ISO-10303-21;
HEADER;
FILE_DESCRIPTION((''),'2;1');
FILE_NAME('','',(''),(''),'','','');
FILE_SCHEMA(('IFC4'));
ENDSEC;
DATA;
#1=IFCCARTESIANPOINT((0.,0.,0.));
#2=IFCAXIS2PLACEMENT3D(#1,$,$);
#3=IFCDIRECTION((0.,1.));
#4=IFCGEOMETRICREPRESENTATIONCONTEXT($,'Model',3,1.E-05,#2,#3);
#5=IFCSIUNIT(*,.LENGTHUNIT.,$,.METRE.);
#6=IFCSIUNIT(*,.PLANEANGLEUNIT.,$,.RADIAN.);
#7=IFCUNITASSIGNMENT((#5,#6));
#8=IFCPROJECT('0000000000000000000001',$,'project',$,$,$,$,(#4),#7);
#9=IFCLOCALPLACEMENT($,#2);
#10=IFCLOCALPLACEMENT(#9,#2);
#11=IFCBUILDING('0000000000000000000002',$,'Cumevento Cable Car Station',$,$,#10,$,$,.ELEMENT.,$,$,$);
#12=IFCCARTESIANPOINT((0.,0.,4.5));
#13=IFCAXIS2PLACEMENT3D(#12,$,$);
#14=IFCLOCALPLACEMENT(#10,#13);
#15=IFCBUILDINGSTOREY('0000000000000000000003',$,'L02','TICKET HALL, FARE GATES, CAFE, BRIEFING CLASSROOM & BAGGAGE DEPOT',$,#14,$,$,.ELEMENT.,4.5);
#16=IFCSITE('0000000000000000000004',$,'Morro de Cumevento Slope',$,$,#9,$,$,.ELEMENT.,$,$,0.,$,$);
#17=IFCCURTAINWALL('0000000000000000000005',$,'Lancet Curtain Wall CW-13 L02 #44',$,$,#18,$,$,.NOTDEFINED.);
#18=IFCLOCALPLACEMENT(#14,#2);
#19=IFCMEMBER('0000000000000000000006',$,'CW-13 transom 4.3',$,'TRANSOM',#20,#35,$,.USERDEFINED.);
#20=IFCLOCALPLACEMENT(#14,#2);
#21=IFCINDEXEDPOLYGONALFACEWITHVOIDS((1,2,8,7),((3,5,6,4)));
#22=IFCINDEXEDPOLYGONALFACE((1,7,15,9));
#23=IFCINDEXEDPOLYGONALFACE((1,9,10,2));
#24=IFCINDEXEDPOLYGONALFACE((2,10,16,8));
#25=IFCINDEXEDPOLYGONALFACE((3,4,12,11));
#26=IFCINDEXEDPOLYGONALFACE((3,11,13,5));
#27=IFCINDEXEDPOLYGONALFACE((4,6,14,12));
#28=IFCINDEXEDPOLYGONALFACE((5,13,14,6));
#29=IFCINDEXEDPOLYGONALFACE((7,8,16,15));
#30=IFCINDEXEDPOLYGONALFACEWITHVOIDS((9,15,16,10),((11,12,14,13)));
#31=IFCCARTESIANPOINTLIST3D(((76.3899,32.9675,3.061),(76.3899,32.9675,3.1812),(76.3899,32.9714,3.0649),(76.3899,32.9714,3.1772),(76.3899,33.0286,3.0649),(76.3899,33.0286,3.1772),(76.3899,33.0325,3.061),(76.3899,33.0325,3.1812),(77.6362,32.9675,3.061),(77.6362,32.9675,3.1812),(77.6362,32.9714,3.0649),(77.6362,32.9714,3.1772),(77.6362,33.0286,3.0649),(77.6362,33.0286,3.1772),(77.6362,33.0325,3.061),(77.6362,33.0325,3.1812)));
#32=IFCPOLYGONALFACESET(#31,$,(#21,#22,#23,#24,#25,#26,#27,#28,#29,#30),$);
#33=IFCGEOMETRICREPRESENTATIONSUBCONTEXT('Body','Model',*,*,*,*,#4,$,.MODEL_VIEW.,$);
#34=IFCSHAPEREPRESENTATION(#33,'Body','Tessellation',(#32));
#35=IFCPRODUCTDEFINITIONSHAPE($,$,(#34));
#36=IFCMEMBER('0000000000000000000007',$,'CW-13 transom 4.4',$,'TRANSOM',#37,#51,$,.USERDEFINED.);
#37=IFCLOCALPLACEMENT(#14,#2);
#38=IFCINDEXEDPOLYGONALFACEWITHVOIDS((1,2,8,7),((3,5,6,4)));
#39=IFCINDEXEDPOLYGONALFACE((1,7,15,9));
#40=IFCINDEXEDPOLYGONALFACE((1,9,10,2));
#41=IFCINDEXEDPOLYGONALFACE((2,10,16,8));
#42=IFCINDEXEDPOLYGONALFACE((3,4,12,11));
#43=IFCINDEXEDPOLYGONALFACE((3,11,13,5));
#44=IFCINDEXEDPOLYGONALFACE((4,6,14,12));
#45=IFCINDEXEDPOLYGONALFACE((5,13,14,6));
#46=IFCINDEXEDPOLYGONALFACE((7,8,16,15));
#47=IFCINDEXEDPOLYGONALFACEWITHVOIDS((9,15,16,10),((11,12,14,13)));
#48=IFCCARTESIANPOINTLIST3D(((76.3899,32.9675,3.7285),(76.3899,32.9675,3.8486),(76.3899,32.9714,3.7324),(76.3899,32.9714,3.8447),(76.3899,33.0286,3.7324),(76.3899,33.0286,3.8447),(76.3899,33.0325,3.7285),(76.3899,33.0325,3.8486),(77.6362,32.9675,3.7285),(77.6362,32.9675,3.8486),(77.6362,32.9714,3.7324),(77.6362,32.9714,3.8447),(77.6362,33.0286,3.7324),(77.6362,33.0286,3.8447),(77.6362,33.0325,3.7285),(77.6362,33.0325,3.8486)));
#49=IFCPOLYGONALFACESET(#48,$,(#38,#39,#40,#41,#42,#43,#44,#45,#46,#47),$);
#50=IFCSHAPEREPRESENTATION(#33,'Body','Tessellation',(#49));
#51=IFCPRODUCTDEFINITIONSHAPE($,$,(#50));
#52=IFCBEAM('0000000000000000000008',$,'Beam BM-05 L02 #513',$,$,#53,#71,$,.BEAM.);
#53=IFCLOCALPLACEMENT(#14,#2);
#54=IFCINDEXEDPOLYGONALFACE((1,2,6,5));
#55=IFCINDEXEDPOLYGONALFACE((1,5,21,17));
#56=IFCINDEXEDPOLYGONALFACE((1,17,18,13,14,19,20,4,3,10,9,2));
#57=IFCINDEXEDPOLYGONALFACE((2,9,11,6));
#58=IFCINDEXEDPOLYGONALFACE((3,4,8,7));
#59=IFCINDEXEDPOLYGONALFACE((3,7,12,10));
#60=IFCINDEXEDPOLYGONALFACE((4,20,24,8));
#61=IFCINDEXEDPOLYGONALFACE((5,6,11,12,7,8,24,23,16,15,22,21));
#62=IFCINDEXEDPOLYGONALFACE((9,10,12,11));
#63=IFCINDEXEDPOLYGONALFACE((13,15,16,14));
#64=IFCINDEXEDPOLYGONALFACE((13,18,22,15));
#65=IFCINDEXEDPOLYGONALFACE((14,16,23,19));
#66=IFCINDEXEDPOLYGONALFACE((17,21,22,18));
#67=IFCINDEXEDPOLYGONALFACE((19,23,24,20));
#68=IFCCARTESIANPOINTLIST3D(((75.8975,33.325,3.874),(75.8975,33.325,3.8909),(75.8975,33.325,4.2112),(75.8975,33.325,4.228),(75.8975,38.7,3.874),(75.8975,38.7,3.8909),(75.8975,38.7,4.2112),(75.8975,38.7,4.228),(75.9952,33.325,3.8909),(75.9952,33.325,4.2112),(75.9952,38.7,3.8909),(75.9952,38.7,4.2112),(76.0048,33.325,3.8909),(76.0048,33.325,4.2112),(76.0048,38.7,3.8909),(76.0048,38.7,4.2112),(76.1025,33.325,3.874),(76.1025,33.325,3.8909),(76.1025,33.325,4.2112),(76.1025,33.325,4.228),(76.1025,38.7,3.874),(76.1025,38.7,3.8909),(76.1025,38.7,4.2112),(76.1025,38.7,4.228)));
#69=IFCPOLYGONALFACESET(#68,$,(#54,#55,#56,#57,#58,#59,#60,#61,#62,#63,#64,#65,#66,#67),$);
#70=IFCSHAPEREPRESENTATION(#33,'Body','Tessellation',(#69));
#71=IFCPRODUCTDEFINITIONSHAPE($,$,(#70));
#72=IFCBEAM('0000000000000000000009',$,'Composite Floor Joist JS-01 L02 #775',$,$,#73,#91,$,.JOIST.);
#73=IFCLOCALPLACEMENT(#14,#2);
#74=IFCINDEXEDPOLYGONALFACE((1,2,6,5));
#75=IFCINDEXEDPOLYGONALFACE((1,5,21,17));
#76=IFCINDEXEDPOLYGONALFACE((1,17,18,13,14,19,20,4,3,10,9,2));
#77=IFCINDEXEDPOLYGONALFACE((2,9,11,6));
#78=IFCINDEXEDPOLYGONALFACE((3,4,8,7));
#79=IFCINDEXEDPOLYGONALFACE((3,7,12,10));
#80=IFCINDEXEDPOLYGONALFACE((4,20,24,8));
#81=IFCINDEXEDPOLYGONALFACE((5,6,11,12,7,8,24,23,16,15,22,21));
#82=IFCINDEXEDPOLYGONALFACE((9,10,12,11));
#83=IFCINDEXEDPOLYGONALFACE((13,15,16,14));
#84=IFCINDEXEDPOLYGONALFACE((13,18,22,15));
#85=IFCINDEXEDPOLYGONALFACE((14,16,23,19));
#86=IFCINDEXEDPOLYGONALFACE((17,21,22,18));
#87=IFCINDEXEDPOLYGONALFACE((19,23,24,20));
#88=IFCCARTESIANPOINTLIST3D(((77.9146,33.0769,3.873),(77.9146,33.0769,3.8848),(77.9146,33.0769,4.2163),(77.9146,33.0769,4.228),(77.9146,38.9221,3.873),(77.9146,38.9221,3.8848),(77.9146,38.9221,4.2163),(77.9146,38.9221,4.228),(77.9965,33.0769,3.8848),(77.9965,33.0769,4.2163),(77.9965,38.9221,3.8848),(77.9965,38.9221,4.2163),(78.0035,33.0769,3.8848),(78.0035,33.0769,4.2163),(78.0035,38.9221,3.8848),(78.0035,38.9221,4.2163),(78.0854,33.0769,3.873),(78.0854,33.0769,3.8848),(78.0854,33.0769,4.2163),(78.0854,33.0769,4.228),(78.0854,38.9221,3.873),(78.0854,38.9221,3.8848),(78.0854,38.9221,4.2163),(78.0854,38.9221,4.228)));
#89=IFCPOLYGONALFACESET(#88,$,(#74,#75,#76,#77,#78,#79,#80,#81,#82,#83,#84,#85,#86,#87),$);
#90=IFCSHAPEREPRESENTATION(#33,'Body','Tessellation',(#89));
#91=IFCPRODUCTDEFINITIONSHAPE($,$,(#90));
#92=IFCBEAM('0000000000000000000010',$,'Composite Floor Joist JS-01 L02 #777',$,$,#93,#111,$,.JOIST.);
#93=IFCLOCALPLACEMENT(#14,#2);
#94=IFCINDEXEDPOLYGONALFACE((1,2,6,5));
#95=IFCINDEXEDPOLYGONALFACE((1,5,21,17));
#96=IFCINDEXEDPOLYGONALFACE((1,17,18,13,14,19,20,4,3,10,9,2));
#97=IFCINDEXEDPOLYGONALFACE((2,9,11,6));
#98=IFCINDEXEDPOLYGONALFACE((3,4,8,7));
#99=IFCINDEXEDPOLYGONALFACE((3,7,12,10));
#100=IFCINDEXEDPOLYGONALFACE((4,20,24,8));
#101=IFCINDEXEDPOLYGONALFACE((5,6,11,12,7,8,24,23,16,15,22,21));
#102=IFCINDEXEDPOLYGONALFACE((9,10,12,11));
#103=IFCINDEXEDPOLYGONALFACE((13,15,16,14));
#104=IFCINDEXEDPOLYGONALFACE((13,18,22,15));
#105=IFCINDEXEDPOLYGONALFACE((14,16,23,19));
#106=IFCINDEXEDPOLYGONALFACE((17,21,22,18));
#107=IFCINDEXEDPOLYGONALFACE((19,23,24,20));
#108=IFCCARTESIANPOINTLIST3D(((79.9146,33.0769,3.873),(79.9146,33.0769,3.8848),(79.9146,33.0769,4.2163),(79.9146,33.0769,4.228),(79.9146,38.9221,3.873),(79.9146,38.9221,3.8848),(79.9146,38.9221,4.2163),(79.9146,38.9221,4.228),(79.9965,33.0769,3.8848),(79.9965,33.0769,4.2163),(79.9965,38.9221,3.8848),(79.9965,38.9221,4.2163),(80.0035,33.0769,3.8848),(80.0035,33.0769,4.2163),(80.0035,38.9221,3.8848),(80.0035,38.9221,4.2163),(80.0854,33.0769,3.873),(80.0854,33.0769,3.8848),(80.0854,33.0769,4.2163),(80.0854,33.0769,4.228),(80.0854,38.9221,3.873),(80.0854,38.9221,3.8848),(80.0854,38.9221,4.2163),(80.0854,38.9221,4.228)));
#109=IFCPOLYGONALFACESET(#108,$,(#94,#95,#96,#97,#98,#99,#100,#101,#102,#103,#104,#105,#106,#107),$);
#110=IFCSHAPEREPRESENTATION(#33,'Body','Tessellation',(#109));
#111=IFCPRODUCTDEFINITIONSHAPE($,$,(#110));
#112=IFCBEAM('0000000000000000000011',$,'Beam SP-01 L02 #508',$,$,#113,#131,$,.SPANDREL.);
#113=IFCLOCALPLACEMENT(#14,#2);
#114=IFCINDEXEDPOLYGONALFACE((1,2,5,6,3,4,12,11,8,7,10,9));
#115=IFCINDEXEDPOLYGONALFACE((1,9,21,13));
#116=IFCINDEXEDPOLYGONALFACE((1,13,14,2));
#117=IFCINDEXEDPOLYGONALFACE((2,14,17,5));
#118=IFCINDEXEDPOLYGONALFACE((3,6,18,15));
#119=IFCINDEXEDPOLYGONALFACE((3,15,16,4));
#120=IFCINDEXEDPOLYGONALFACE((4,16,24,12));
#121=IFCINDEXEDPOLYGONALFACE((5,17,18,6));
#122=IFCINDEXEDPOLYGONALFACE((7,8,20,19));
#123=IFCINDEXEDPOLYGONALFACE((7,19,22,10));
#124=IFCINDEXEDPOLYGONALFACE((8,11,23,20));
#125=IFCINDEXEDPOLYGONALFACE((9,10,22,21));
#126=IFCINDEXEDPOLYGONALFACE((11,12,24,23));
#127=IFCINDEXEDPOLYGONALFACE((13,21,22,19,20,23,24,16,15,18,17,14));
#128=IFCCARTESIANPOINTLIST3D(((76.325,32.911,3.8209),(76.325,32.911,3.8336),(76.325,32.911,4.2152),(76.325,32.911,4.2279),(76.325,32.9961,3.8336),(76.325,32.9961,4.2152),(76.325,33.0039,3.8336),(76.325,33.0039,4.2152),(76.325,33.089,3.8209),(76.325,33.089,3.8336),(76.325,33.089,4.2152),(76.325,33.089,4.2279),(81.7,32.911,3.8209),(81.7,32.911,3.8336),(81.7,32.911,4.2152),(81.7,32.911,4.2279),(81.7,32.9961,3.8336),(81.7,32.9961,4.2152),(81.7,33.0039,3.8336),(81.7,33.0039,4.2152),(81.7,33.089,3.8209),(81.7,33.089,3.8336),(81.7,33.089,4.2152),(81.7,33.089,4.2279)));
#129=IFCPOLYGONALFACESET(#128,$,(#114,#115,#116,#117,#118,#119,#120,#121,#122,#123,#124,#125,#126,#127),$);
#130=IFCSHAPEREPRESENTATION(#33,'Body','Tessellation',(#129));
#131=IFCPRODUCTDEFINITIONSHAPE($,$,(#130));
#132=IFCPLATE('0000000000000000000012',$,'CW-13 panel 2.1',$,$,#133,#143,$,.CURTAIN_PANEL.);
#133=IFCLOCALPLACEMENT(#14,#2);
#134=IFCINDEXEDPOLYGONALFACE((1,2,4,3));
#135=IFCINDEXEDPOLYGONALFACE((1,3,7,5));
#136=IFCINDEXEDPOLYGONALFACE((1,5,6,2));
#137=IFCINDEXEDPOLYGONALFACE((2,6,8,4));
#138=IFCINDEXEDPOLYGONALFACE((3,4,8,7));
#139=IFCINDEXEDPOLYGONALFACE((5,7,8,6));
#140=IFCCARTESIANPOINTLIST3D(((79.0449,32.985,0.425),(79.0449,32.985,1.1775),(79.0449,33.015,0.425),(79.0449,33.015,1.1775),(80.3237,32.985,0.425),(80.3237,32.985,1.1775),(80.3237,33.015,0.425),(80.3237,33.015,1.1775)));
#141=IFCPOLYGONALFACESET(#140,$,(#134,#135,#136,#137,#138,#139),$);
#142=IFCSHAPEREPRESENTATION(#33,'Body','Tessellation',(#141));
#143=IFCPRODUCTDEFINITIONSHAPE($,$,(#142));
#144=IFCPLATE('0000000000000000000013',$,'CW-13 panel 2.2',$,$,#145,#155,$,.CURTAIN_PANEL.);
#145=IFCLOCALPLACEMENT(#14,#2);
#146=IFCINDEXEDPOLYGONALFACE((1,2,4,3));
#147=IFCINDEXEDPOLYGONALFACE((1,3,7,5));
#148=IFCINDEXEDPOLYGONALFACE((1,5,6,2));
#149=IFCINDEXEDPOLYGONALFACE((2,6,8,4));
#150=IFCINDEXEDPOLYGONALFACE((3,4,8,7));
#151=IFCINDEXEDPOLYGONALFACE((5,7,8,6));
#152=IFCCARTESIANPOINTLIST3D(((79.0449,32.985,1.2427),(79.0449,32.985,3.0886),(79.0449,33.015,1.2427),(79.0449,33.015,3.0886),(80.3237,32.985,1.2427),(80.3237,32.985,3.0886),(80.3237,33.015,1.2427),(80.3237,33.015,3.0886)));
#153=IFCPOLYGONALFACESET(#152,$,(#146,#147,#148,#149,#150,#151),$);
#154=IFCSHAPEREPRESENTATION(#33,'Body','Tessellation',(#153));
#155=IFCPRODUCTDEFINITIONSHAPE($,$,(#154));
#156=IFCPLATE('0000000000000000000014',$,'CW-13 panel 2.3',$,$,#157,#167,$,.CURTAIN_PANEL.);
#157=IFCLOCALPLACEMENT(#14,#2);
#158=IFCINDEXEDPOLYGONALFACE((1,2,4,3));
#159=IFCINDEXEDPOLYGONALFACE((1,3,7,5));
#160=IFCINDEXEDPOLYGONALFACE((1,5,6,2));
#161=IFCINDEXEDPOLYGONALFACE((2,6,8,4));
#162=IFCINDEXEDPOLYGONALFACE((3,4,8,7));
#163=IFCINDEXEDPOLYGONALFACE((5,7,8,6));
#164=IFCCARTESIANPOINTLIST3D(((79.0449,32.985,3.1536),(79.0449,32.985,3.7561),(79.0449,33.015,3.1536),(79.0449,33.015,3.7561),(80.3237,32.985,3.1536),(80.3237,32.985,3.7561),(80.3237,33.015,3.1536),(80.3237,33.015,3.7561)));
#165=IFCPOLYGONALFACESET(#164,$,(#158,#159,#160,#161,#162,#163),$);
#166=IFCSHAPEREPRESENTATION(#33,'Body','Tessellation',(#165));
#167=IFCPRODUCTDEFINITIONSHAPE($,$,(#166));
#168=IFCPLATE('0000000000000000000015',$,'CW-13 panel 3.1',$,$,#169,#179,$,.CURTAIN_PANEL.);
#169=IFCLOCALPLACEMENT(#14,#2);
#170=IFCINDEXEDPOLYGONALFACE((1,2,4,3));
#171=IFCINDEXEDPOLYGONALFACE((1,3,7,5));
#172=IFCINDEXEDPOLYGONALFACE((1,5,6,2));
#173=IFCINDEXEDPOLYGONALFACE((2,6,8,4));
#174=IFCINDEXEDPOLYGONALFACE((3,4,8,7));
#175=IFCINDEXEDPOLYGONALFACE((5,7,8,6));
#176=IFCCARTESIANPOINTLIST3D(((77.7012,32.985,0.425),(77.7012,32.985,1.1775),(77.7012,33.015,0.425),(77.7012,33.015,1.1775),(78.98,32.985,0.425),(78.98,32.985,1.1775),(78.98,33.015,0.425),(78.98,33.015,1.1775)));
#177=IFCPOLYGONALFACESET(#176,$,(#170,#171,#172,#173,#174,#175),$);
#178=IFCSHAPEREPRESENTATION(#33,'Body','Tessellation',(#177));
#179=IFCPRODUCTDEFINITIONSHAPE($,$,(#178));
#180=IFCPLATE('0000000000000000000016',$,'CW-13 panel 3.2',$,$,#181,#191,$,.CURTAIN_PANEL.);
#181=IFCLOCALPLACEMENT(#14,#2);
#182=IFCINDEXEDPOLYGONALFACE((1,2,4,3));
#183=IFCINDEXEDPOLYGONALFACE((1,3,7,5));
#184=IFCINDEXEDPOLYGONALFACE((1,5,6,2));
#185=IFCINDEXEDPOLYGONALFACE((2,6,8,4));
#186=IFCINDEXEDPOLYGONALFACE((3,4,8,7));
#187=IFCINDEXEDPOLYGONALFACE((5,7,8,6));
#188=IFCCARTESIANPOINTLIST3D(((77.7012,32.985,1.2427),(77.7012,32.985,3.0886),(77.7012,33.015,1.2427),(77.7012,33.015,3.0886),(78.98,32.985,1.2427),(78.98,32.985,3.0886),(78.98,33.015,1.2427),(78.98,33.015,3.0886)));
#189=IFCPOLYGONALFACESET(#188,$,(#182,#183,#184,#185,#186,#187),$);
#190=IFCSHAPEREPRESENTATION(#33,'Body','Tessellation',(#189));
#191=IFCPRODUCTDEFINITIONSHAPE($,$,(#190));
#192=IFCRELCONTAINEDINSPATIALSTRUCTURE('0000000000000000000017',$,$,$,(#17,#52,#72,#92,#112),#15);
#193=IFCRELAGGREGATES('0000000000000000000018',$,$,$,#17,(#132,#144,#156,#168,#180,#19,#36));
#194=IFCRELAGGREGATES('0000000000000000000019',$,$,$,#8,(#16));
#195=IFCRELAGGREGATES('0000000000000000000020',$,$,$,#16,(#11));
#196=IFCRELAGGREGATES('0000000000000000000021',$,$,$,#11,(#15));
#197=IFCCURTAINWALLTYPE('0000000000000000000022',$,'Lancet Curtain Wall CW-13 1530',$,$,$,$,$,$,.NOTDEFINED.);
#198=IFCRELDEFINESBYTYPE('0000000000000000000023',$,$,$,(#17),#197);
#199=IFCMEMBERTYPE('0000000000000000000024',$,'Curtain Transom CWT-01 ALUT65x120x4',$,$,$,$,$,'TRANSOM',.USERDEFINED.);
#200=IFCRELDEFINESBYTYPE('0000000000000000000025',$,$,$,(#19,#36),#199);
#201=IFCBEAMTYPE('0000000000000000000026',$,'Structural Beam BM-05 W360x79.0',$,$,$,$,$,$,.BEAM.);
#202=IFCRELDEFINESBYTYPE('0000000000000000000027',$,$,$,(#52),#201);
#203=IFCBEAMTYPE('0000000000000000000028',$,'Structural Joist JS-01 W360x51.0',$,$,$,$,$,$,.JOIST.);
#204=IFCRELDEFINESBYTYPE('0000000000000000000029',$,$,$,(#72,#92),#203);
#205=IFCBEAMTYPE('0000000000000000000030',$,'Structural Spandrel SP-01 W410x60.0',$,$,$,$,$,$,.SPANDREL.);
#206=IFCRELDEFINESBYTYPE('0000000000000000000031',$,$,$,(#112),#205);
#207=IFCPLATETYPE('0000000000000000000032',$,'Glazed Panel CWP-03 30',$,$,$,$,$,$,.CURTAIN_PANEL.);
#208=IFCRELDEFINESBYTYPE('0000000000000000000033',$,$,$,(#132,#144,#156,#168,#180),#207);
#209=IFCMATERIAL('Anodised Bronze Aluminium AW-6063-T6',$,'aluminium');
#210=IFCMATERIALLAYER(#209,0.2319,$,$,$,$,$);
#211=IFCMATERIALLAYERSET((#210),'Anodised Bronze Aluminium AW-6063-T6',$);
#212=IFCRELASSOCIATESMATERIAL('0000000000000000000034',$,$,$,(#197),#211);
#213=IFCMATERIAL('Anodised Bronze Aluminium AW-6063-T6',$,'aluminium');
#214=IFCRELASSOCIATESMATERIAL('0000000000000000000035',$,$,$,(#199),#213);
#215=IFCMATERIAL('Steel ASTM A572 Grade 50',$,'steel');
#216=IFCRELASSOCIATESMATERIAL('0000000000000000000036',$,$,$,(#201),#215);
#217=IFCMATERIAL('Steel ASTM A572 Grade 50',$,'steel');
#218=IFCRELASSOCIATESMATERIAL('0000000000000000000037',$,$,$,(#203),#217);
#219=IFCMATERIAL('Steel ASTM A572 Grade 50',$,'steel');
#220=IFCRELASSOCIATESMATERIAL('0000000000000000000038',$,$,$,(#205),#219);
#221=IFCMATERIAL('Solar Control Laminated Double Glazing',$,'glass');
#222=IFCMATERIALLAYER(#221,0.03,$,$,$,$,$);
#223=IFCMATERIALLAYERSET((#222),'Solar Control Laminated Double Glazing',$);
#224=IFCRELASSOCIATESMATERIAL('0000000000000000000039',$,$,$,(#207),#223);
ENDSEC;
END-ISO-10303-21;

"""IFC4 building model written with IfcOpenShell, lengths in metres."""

from ifc_helpers import new_model, si_unit, direction, frame, origin, origin_2d, place, context, subcontext, project, spatial, rectangle, hollow_rectangle, i_section, extrude, material, layer, layer_set, material_profile, profile_set, type_object, element, aggregate, save


model = new_model("IFC4")

# Units and contexts
model_context = context("Model", 3, precision=1e-05, world=origin(), true_north=direction((0.0, 1.0)))
body_context = subcontext(model_context, "Body", "Model", "MODEL_VIEW")
ifc_project = project(units=[si_unit("LENGTHUNIT", "METRE"), si_unit("PLANEANGLEUNIT", "RADIAN")], contexts=[model_context])

# Site, building, storey
site_placement = place(None, origin())
site = spatial("IfcSite", under=ifc_project, at=site_placement, Name="Morro de Cumevento Slope", CompositionType="ELEMENT", RefElevation=0.0)
building_placement = place(site_placement, origin())
building = spatial("IfcBuilding", under=site, at=building_placement, Name="Cumevento Cable Car Station", CompositionType="ELEMENT")
storey_placement = place(building_placement, frame((0.0, 0.0, 4.5)))
storey = spatial("IfcBuildingStorey", under=building, at=storey_placement, Name="L02", Description="TICKET HALL, FARE GATES, CAFE, BRIEFING CLASSROOM & BAGGAGE DEPOT", CompositionType="ELEMENT", Elevation=4.5)

# Curtain wall, members
ifc_material_1 = material(Name="Anodised Bronze Aluminium AW-6063-T6", Category="aluminium")
ifc_layer_1 = layer(ifc_material_1, 0.2319)
ifc_layer_set_1 = layer_set([ifc_layer_1], Name="Anodised Bronze Aluminium AW-6063-T6")
curtain_wall_type = type_object("IfcCurtainWallType", Name="Lancet Curtain Wall CW-13 1530", PredefinedType="NOTDEFINED", material=ifc_layer_set_1)
curtain_wall_placement = place(storey_placement, origin())
curtain_wall = element("IfcCurtainWall", 1, at=curtain_wall_placement, inside=storey, type_object=curtain_wall_type, Name="Lancet Curtain Wall CW-13 L02 #44", PredefinedType="NOTDEFINED")
ifc_material_2 = material(Name="Anodised Bronze Aluminium AW-6063-T6", Category="aluminium")
ifc_material_profile_1 = material_profile(ifc_material_2, hollow_rectangle(XDim=0.0649, YDim=0.1201, WallThickness=0.0039, at=origin_2d()), Name="ALUT65x120x4")
ifc_profile_set_1 = profile_set([ifc_material_profile_1], Name="Anodised Bronze Aluminium AW-6063-T6")
member_type_1 = type_object("IfcMemberType", Name="Curtain Transom CWT-01 ALUT65x120x4", ElementType="TRANSOM", PredefinedType="USERDEFINED", material=ifc_profile_set_1)
member_1_placement = place(storey_placement, frame((77.6362, 33.0, 3.1211), z_axis=(-1.0, 0.0, 0.0), x_axis=(0.0, -1.0, 0.0)))
member_1 = element("IfcMember", 2, at=member_1_placement, type_object=member_type_1, Name="CW-13 transom 4.3", ObjectType="TRANSOM", PredefinedType="USERDEFINED", context=body_context, shape_type="SweptSolid", body=[
    extrude(hollow_rectangle(XDim=0.0649, YDim=0.1201, WallThickness=0.0039, at=origin_2d()), origin(), (0.0, 0.0, 1.0), 1.2463),
])
member_2_placement = place(storey_placement, frame((77.6362, 33.0, 3.7886), z_axis=(-1.0, 0.0, 0.0), x_axis=(0.0, -1.0, 0.0)))
member_2 = element("IfcMember", 3, at=member_2_placement, type_object=member_type_1, Name="CW-13 transom 4.4", ObjectType="TRANSOM", PredefinedType="USERDEFINED", context=body_context, shape_type="SweptSolid", body=[
    extrude(hollow_rectangle(XDim=0.0649, YDim=0.1201, WallThickness=0.0039, at=origin_2d()), origin(), (0.0, 0.0, 1.0), 1.2463),
])

# Beams
ifc_material_3 = material(Name="Steel ASTM A572 Grade 50", Category="steel")
ifc_material_profile_2 = material_profile(ifc_material_3, i_section(OverallWidth=0.2051, OverallDepth=0.354, WebThickness=0.0095, FlangeThickness=0.0168, at=origin_2d()), Name="W360x79.0")
ifc_profile_set_2 = profile_set([ifc_material_profile_2], Name="Steel ASTM A572 Grade 50")
beam_type_1 = type_object("IfcBeamType", Name="Structural Beam BM-05 W360x79.0", PredefinedType="BEAM", material=ifc_profile_set_2)
beam_1_placement = place(storey_placement, frame((76.0, 33.325, 4.051), z_axis=(0.0, 1.0, 0.0), x_axis=(-1.0, 0.0, 0.0)))
element("IfcBeam", 4, at=beam_1_placement, inside=storey, type_object=beam_type_1, Name="Beam BM-05 L02 #513", PredefinedType="BEAM", context=body_context, shape_type="SweptSolid", body=[
    extrude(i_section(OverallWidth=0.2051, OverallDepth=0.354, WebThickness=0.0095, FlangeThickness=0.0168, at=origin_2d()), origin(), (0.0, 0.0, 1.0), 5.375),
])
ifc_material_4 = material(Name="Steel ASTM A572 Grade 50", Category="steel")
ifc_material_profile_3 = material_profile(ifc_material_4, i_section(OverallWidth=0.1709, OverallDepth=0.355, WebThickness=0.0071, FlangeThickness=0.0117, at=origin_2d()), Name="W360x51.0")
ifc_profile_set_3 = profile_set([ifc_material_profile_3], Name="Steel ASTM A572 Grade 50")
beam_type_2 = type_object("IfcBeamType", Name="Structural Joist JS-01 W360x51.0", PredefinedType="JOIST", material=ifc_profile_set_3)
for number, where, z_axis, x_axis, name in (
    (5, (78.0, 33.0769, 4.0505), (0.0, 1.0, 0.0), (-1.0, 0.0, 0.0), "Composite Floor Joist JS-01 L02 #775"),
    (6, (80.0, 33.0769, 4.0505), (0.0, 1.0, 0.0), (-1.0, 0.0, 0.0), "Composite Floor Joist JS-01 L02 #777"),
):
    element("IfcBeam", number, at=place(storey_placement, frame(where, z_axis=z_axis, x_axis=x_axis)), inside=storey, type_object=beam_type_2, Name=name, PredefinedType="JOIST", context=body_context, shape_type="SweptSolid", body=[
        extrude(i_section(OverallWidth=0.1709, OverallDepth=0.355, WebThickness=0.0071, FlangeThickness=0.0117, at=origin_2d()), origin(), (0.0, 0.0, 1.0), 5.8452),
    ])
ifc_material_5 = material(Name="Steel ASTM A572 Grade 50", Category="steel")
ifc_material_profile_4 = material_profile(ifc_material_5, i_section(OverallWidth=0.178, OverallDepth=0.407, WebThickness=0.0078, FlangeThickness=0.0127, at=origin_2d()), Name="W410x60.0")
ifc_profile_set_4 = profile_set([ifc_material_profile_4], Name="Steel ASTM A572 Grade 50")
beam_type_3 = type_object("IfcBeamType", Name="Structural Spandrel SP-01 W410x60.0", PredefinedType="SPANDREL", material=ifc_profile_set_4)
beam_2_placement = place(storey_placement, frame((76.325, 33.0, 4.0244), z_axis=(1.0, 0.0, 0.0), x_axis=(0.0, 1.0, 0.0)))
element("IfcBeam", 7, at=beam_2_placement, inside=storey, type_object=beam_type_3, Name="Beam SP-01 L02 #508", PredefinedType="SPANDREL", context=body_context, shape_type="SweptSolid", body=[
    extrude(i_section(OverallWidth=0.178, OverallDepth=0.407, WebThickness=0.0078, FlangeThickness=0.0127, at=origin_2d()), origin(), (0.0, 0.0, 1.0), 5.375),
])

# Plates
ifc_material_6 = material(Name="Solar Control Laminated Double Glazing", Category="glass")
ifc_layer_2 = layer(ifc_material_6, 0.03)
ifc_layer_set_2 = layer_set([ifc_layer_2], Name="Solar Control Laminated Double Glazing")
plate_type = type_object("IfcPlateType", Name="Glazed Panel CWP-03 30", PredefinedType="CURTAIN_PANEL", material=ifc_layer_set_2)
plate_1_placement = place(storey_placement, frame((79.6843, 33.0, 0.425), z_axis=(0.0, 0.0, 1.0), x_axis=(-1.0, 0.0, 0.0)))
plate_1 = element("IfcPlate", 8, at=plate_1_placement, type_object=plate_type, Name="CW-13 panel 2.1", PredefinedType="CURTAIN_PANEL", context=body_context, shape_type="SweptSolid", body=[
    extrude(rectangle(XDim=1.2788, YDim=0.03, at=origin_2d()), origin(), (0.0, 0.0, 1.0), 0.7524),
])
plate_2_placement = place(storey_placement, frame((79.6843, 33.0, 1.2427), z_axis=(0.0, 0.0, 1.0), x_axis=(-1.0, 0.0, 0.0)))
plate_2 = element("IfcPlate", 9, at=plate_2_placement, type_object=plate_type, Name="CW-13 panel 2.2", PredefinedType="CURTAIN_PANEL", context=body_context, shape_type="SweptSolid", body=[
    extrude(rectangle(XDim=1.2788, YDim=0.03, at=origin_2d()), origin(), (0.0, 0.0, 1.0), 1.8459),
])
plate_3_placement = place(storey_placement, frame((79.6843, 33.0, 3.1536), z_axis=(0.0, 0.0, 1.0), x_axis=(-1.0, 0.0, 0.0)))
plate_3 = element("IfcPlate", 10, at=plate_3_placement, type_object=plate_type, Name="CW-13 panel 2.3", PredefinedType="CURTAIN_PANEL", context=body_context, shape_type="SweptSolid", body=[
    extrude(rectangle(XDim=1.2788, YDim=0.03, at=origin_2d()), origin(), (0.0, 0.0, 1.0), 0.6025),
])
plate_4_placement = place(storey_placement, frame((78.3406, 33.0, 0.425), z_axis=(0.0, 0.0, 1.0), x_axis=(-1.0, 0.0, 0.0)))
plate_4 = element("IfcPlate", 11, at=plate_4_placement, type_object=plate_type, Name="CW-13 panel 3.1", PredefinedType="CURTAIN_PANEL", context=body_context, shape_type="SweptSolid", body=[
    extrude(rectangle(XDim=1.2788, YDim=0.03, at=origin_2d()), origin(), (0.0, 0.0, 1.0), 0.7524),
])
plate_5_placement = place(storey_placement, frame((78.3406, 33.0, 1.2427), z_axis=(0.0, 0.0, 1.0), x_axis=(-1.0, 0.0, 0.0)))
plate_5 = element("IfcPlate", 12, at=plate_5_placement, type_object=plate_type, Name="CW-13 panel 3.2", PredefinedType="CURTAIN_PANEL", context=body_context, shape_type="SweptSolid", body=[
    extrude(rectangle(XDim=1.2788, YDim=0.03, at=origin_2d()), origin(), (0.0, 0.0, 1.0), 1.8459),
])
aggregate(curtain_wall, [plate_1, plate_2, plate_3, plate_4, plate_5, member_1, member_2])

save(model, "model.ifc")
